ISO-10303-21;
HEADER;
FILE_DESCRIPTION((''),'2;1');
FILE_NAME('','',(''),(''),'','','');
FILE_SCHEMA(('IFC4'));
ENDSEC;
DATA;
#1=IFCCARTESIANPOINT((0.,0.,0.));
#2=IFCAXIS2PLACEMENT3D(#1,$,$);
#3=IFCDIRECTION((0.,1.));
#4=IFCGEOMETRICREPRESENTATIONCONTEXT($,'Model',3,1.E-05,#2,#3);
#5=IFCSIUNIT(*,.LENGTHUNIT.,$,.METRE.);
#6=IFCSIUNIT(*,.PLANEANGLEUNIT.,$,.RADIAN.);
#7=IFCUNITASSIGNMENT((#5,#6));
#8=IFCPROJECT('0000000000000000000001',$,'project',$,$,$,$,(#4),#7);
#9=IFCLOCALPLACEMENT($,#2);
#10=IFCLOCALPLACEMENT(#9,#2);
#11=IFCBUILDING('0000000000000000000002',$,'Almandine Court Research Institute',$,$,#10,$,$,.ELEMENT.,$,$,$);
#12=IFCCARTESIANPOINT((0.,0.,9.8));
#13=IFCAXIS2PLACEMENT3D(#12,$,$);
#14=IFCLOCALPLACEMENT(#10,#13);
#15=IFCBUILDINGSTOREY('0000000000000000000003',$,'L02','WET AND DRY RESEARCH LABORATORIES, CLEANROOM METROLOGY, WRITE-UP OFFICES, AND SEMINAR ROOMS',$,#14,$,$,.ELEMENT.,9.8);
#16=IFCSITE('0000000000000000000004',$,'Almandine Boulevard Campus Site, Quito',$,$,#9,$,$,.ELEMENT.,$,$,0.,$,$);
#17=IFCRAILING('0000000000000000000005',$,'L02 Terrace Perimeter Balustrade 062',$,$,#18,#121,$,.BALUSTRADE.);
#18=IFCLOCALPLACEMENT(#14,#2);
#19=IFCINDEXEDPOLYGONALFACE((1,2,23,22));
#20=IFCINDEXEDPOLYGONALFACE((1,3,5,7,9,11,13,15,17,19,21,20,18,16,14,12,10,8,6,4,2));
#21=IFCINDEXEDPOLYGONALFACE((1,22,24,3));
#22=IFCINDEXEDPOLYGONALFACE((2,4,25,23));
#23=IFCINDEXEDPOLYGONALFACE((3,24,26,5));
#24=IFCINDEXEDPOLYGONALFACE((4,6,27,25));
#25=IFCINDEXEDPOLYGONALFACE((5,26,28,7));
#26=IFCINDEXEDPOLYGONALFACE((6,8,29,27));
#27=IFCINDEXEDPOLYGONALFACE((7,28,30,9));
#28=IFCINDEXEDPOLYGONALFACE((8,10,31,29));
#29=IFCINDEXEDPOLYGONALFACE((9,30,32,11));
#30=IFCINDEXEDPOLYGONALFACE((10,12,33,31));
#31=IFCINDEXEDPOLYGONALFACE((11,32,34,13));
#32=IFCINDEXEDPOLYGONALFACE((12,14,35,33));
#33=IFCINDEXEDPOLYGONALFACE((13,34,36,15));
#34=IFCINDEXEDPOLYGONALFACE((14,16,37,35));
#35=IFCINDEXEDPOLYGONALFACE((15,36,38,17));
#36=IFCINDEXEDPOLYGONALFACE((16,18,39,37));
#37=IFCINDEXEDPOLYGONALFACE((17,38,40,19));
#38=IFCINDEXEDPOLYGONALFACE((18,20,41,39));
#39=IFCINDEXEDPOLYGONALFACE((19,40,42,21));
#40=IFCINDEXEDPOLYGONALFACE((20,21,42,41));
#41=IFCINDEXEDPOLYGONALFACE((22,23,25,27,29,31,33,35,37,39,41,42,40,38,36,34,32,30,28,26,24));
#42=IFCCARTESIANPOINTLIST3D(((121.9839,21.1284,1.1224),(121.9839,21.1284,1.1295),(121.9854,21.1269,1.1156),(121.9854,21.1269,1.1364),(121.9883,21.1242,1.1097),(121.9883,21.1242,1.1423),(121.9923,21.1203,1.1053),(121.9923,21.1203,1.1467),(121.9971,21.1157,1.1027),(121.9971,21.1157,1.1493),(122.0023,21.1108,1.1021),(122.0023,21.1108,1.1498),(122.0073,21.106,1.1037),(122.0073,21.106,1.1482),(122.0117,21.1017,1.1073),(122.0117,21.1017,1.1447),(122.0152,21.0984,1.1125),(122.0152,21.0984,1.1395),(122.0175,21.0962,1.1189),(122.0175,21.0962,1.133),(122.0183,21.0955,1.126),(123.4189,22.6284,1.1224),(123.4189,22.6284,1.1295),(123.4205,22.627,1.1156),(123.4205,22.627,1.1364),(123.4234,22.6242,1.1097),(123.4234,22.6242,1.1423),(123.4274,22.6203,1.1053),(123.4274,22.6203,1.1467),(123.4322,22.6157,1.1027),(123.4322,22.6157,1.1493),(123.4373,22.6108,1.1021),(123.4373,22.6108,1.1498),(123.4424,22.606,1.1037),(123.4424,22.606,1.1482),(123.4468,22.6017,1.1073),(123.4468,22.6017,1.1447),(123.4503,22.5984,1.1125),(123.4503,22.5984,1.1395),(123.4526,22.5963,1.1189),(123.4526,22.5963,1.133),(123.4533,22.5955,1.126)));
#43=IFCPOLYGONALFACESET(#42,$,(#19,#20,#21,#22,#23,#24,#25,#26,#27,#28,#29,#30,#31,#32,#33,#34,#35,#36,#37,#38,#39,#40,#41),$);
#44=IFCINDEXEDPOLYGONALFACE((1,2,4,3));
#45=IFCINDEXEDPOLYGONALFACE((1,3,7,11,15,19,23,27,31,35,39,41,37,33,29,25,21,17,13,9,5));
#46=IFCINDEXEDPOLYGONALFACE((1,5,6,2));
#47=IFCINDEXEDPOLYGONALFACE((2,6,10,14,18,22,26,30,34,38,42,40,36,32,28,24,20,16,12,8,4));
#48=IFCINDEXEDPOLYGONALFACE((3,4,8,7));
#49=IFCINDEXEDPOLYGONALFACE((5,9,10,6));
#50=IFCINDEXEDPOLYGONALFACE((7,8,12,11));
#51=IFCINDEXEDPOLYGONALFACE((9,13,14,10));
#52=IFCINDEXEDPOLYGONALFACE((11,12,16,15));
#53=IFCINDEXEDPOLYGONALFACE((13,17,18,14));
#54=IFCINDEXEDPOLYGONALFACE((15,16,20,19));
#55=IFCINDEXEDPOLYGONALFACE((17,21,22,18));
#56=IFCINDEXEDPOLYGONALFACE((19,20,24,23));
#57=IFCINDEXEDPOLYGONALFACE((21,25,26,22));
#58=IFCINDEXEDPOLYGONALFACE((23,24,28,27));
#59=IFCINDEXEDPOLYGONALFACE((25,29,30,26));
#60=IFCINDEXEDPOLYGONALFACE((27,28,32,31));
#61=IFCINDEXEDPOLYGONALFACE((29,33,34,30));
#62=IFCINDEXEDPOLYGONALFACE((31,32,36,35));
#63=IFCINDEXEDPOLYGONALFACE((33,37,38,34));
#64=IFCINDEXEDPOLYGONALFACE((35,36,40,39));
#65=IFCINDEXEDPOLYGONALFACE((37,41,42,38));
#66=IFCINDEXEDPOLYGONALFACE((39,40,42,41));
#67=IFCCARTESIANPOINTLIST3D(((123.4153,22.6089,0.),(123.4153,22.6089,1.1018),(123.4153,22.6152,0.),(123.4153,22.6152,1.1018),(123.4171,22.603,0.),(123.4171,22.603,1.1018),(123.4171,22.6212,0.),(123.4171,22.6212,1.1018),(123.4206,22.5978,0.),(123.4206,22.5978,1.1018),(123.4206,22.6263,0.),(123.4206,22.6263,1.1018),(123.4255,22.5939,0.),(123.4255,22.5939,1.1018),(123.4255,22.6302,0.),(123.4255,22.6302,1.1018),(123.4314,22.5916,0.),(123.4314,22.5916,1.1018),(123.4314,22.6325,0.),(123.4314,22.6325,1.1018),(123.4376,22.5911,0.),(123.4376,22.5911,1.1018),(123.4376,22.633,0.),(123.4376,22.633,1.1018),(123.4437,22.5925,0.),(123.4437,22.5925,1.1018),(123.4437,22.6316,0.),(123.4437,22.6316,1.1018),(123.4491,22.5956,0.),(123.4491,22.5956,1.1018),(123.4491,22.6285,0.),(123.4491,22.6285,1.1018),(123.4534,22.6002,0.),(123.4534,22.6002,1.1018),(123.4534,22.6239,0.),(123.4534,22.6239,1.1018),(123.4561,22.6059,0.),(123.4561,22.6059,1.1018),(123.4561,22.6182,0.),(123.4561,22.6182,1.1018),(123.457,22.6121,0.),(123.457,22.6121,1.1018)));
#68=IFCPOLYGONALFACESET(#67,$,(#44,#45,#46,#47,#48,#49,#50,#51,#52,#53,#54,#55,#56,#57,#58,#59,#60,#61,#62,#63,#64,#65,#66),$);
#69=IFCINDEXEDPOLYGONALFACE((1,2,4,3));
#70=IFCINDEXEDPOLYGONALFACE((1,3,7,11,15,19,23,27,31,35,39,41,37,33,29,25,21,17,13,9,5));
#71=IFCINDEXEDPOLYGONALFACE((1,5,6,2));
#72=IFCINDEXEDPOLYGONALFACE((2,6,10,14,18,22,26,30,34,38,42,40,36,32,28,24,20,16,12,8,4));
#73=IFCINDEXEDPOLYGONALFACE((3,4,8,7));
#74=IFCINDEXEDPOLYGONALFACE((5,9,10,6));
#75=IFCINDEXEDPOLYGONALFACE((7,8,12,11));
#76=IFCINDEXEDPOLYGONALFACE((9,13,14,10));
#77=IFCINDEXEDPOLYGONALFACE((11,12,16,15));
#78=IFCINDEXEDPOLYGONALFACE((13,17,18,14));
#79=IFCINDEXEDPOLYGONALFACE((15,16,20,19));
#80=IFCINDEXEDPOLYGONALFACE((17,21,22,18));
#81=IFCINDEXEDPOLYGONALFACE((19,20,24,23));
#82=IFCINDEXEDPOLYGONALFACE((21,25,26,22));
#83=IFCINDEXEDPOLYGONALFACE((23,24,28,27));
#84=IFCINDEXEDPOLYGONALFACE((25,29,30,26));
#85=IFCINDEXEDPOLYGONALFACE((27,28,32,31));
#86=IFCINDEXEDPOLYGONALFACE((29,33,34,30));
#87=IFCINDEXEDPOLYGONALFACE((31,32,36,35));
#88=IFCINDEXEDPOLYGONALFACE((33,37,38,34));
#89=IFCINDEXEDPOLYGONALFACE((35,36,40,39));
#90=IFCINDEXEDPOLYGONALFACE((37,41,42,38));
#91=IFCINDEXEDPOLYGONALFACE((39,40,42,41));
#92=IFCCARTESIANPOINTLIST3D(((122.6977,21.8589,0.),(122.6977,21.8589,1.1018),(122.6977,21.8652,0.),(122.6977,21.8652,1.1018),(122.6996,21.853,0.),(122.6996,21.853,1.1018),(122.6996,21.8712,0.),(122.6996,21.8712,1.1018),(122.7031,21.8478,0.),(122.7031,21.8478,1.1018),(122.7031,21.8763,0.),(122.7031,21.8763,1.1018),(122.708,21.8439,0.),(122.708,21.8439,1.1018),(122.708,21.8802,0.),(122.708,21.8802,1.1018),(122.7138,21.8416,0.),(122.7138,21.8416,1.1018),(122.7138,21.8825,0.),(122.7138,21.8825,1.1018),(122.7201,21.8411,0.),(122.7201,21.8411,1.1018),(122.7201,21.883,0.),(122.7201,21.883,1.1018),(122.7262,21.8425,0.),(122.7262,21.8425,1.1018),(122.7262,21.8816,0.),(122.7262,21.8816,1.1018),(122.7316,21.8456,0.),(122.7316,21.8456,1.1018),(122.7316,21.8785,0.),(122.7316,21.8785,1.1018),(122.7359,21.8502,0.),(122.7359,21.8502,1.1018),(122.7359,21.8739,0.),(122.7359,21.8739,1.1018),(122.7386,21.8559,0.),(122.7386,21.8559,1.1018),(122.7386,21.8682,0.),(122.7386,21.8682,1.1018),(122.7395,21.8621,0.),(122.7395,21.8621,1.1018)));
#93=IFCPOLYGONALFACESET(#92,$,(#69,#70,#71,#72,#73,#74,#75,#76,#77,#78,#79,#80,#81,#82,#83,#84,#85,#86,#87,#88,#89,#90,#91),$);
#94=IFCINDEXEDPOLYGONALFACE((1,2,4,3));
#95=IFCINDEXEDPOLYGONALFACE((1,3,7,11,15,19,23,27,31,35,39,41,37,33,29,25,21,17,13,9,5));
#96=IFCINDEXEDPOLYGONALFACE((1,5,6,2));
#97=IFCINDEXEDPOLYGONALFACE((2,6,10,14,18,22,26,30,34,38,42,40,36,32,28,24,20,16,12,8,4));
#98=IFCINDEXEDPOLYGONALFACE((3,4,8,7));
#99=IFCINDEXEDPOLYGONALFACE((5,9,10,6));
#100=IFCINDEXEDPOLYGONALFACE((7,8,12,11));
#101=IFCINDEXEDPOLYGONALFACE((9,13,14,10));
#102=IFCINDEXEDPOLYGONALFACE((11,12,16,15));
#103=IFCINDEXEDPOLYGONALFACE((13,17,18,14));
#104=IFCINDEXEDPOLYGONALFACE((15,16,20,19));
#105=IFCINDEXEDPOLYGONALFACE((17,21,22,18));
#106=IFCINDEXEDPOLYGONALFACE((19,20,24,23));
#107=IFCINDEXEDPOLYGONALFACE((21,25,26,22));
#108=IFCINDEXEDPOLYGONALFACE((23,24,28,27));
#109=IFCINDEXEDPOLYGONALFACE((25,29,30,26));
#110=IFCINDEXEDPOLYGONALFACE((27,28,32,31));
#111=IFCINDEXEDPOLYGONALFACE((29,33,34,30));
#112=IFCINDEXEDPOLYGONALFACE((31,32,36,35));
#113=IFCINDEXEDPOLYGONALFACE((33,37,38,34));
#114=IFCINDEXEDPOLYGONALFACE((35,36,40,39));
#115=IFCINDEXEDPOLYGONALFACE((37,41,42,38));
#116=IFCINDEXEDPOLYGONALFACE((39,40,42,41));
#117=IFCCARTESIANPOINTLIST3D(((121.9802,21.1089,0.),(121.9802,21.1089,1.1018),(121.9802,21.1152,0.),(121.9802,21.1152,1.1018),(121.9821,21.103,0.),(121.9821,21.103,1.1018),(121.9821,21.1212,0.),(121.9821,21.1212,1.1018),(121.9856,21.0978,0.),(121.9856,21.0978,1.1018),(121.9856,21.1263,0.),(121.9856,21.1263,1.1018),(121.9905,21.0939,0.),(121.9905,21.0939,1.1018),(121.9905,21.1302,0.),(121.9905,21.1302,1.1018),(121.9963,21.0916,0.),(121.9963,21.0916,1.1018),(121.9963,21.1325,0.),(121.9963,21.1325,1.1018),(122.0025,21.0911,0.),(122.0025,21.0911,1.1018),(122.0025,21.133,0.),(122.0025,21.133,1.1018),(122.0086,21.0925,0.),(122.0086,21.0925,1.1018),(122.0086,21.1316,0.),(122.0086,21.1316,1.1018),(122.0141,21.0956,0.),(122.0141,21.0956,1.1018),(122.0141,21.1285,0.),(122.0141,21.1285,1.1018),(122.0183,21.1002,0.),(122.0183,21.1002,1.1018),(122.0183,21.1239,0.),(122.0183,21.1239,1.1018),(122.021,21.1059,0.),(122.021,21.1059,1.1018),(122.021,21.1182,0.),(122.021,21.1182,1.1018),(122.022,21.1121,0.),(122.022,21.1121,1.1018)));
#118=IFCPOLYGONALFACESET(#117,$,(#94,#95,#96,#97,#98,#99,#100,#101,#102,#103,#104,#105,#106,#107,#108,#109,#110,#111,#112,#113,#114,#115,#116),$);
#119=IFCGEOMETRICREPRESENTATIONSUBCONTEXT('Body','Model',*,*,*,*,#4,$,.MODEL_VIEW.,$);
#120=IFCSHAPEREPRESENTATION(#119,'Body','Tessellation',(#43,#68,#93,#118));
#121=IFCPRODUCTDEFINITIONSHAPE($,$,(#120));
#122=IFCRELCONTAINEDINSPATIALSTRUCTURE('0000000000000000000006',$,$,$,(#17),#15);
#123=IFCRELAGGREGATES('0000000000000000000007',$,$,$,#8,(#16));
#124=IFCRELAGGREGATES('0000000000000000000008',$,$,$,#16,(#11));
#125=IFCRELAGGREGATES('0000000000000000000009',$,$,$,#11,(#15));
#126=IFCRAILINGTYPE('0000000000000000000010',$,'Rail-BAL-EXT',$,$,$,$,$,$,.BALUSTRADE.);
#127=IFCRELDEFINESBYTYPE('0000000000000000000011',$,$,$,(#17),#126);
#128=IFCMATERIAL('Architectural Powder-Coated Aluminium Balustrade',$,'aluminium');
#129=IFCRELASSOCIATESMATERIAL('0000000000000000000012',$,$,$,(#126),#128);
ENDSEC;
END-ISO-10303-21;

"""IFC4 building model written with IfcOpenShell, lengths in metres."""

from ifc_helpers import new_model, si_unit, direction, frame, origin, origin_2d, place, context, subcontext, project, spatial, circle, extrude, material, type_object, element, save


model = new_model("IFC4")

# Units and contexts
model_context = context("Model", 3, precision=1e-05, world=origin(), true_north=direction((0.0, 1.0)))
body_context = subcontext(model_context, "Body", "Model", "MODEL_VIEW")
ifc_project = project(units=[si_unit("LENGTHUNIT", "METRE"), si_unit("PLANEANGLEUNIT", "RADIAN")], contexts=[model_context])

# Site, building, storey
site_placement = place(None, origin())
site = spatial("IfcSite", under=ifc_project, at=site_placement, Name="Almandine Boulevard Campus Site, Quito", CompositionType="ELEMENT", RefElevation=0.0)
building_placement = place(site_placement, origin())
building = spatial("IfcBuilding", under=site, at=building_placement, Name="Almandine Court Research Institute", CompositionType="ELEMENT")
storey_placement = place(building_placement, frame((0.0, 0.0, 9.8)))
storey = spatial("IfcBuildingStorey", under=building, at=storey_placement, Name="L02", Description="WET AND DRY RESEARCH LABORATORIES, CLEANROOM METROLOGY, WRITE-UP OFFICES, AND SEMINAR ROOMS", CompositionType="ELEMENT", Elevation=9.8)

# Railing
ifc_material_1 = material(Name="Architectural Powder-Coated Aluminium Balustrade", Category="aluminium")
railing_type = type_object("IfcRailingType", Name="Rail-BAL-EXT", PredefinedType="BALUSTRADE", material=ifc_material_1)
railing_1_placement = place(storey_placement, frame((123.436, 22.6121, 0.0)))
element("IfcRailing", 1, at=railing_1_placement, inside=storey, type_object=railing_type, Name="L02 Terrace Perimeter Balustrade 062", PredefinedType="BALUSTRADE", context=body_context, shape_type="SweptSolid", body=[
    extrude(circle(Radius=0.0239, at=origin_2d()), frame((0.0, 0.0, 1.126), z_axis=(-0.691292, -0.722575, 0.0), x_axis=(0.722575, -0.691292, 0.0)), (0.0, 0.0, 1.0), 2.0759),
    extrude(circle(Radius=0.021, at=origin_2d()), origin(), (0.0, 0.0, 1.0), 1.1018),
    extrude(circle(Radius=0.021, at=origin_2d()), frame((-0.7175, -0.75, 0.0)), (0.0, 0.0, 1.0), 1.1018),
    extrude(circle(Radius=0.021, at=origin_2d()), frame((-1.4351, -1.5, 0.0)), (0.0, 0.0, 1.0), 1.1018),
])

save(model, "model.ifc")
